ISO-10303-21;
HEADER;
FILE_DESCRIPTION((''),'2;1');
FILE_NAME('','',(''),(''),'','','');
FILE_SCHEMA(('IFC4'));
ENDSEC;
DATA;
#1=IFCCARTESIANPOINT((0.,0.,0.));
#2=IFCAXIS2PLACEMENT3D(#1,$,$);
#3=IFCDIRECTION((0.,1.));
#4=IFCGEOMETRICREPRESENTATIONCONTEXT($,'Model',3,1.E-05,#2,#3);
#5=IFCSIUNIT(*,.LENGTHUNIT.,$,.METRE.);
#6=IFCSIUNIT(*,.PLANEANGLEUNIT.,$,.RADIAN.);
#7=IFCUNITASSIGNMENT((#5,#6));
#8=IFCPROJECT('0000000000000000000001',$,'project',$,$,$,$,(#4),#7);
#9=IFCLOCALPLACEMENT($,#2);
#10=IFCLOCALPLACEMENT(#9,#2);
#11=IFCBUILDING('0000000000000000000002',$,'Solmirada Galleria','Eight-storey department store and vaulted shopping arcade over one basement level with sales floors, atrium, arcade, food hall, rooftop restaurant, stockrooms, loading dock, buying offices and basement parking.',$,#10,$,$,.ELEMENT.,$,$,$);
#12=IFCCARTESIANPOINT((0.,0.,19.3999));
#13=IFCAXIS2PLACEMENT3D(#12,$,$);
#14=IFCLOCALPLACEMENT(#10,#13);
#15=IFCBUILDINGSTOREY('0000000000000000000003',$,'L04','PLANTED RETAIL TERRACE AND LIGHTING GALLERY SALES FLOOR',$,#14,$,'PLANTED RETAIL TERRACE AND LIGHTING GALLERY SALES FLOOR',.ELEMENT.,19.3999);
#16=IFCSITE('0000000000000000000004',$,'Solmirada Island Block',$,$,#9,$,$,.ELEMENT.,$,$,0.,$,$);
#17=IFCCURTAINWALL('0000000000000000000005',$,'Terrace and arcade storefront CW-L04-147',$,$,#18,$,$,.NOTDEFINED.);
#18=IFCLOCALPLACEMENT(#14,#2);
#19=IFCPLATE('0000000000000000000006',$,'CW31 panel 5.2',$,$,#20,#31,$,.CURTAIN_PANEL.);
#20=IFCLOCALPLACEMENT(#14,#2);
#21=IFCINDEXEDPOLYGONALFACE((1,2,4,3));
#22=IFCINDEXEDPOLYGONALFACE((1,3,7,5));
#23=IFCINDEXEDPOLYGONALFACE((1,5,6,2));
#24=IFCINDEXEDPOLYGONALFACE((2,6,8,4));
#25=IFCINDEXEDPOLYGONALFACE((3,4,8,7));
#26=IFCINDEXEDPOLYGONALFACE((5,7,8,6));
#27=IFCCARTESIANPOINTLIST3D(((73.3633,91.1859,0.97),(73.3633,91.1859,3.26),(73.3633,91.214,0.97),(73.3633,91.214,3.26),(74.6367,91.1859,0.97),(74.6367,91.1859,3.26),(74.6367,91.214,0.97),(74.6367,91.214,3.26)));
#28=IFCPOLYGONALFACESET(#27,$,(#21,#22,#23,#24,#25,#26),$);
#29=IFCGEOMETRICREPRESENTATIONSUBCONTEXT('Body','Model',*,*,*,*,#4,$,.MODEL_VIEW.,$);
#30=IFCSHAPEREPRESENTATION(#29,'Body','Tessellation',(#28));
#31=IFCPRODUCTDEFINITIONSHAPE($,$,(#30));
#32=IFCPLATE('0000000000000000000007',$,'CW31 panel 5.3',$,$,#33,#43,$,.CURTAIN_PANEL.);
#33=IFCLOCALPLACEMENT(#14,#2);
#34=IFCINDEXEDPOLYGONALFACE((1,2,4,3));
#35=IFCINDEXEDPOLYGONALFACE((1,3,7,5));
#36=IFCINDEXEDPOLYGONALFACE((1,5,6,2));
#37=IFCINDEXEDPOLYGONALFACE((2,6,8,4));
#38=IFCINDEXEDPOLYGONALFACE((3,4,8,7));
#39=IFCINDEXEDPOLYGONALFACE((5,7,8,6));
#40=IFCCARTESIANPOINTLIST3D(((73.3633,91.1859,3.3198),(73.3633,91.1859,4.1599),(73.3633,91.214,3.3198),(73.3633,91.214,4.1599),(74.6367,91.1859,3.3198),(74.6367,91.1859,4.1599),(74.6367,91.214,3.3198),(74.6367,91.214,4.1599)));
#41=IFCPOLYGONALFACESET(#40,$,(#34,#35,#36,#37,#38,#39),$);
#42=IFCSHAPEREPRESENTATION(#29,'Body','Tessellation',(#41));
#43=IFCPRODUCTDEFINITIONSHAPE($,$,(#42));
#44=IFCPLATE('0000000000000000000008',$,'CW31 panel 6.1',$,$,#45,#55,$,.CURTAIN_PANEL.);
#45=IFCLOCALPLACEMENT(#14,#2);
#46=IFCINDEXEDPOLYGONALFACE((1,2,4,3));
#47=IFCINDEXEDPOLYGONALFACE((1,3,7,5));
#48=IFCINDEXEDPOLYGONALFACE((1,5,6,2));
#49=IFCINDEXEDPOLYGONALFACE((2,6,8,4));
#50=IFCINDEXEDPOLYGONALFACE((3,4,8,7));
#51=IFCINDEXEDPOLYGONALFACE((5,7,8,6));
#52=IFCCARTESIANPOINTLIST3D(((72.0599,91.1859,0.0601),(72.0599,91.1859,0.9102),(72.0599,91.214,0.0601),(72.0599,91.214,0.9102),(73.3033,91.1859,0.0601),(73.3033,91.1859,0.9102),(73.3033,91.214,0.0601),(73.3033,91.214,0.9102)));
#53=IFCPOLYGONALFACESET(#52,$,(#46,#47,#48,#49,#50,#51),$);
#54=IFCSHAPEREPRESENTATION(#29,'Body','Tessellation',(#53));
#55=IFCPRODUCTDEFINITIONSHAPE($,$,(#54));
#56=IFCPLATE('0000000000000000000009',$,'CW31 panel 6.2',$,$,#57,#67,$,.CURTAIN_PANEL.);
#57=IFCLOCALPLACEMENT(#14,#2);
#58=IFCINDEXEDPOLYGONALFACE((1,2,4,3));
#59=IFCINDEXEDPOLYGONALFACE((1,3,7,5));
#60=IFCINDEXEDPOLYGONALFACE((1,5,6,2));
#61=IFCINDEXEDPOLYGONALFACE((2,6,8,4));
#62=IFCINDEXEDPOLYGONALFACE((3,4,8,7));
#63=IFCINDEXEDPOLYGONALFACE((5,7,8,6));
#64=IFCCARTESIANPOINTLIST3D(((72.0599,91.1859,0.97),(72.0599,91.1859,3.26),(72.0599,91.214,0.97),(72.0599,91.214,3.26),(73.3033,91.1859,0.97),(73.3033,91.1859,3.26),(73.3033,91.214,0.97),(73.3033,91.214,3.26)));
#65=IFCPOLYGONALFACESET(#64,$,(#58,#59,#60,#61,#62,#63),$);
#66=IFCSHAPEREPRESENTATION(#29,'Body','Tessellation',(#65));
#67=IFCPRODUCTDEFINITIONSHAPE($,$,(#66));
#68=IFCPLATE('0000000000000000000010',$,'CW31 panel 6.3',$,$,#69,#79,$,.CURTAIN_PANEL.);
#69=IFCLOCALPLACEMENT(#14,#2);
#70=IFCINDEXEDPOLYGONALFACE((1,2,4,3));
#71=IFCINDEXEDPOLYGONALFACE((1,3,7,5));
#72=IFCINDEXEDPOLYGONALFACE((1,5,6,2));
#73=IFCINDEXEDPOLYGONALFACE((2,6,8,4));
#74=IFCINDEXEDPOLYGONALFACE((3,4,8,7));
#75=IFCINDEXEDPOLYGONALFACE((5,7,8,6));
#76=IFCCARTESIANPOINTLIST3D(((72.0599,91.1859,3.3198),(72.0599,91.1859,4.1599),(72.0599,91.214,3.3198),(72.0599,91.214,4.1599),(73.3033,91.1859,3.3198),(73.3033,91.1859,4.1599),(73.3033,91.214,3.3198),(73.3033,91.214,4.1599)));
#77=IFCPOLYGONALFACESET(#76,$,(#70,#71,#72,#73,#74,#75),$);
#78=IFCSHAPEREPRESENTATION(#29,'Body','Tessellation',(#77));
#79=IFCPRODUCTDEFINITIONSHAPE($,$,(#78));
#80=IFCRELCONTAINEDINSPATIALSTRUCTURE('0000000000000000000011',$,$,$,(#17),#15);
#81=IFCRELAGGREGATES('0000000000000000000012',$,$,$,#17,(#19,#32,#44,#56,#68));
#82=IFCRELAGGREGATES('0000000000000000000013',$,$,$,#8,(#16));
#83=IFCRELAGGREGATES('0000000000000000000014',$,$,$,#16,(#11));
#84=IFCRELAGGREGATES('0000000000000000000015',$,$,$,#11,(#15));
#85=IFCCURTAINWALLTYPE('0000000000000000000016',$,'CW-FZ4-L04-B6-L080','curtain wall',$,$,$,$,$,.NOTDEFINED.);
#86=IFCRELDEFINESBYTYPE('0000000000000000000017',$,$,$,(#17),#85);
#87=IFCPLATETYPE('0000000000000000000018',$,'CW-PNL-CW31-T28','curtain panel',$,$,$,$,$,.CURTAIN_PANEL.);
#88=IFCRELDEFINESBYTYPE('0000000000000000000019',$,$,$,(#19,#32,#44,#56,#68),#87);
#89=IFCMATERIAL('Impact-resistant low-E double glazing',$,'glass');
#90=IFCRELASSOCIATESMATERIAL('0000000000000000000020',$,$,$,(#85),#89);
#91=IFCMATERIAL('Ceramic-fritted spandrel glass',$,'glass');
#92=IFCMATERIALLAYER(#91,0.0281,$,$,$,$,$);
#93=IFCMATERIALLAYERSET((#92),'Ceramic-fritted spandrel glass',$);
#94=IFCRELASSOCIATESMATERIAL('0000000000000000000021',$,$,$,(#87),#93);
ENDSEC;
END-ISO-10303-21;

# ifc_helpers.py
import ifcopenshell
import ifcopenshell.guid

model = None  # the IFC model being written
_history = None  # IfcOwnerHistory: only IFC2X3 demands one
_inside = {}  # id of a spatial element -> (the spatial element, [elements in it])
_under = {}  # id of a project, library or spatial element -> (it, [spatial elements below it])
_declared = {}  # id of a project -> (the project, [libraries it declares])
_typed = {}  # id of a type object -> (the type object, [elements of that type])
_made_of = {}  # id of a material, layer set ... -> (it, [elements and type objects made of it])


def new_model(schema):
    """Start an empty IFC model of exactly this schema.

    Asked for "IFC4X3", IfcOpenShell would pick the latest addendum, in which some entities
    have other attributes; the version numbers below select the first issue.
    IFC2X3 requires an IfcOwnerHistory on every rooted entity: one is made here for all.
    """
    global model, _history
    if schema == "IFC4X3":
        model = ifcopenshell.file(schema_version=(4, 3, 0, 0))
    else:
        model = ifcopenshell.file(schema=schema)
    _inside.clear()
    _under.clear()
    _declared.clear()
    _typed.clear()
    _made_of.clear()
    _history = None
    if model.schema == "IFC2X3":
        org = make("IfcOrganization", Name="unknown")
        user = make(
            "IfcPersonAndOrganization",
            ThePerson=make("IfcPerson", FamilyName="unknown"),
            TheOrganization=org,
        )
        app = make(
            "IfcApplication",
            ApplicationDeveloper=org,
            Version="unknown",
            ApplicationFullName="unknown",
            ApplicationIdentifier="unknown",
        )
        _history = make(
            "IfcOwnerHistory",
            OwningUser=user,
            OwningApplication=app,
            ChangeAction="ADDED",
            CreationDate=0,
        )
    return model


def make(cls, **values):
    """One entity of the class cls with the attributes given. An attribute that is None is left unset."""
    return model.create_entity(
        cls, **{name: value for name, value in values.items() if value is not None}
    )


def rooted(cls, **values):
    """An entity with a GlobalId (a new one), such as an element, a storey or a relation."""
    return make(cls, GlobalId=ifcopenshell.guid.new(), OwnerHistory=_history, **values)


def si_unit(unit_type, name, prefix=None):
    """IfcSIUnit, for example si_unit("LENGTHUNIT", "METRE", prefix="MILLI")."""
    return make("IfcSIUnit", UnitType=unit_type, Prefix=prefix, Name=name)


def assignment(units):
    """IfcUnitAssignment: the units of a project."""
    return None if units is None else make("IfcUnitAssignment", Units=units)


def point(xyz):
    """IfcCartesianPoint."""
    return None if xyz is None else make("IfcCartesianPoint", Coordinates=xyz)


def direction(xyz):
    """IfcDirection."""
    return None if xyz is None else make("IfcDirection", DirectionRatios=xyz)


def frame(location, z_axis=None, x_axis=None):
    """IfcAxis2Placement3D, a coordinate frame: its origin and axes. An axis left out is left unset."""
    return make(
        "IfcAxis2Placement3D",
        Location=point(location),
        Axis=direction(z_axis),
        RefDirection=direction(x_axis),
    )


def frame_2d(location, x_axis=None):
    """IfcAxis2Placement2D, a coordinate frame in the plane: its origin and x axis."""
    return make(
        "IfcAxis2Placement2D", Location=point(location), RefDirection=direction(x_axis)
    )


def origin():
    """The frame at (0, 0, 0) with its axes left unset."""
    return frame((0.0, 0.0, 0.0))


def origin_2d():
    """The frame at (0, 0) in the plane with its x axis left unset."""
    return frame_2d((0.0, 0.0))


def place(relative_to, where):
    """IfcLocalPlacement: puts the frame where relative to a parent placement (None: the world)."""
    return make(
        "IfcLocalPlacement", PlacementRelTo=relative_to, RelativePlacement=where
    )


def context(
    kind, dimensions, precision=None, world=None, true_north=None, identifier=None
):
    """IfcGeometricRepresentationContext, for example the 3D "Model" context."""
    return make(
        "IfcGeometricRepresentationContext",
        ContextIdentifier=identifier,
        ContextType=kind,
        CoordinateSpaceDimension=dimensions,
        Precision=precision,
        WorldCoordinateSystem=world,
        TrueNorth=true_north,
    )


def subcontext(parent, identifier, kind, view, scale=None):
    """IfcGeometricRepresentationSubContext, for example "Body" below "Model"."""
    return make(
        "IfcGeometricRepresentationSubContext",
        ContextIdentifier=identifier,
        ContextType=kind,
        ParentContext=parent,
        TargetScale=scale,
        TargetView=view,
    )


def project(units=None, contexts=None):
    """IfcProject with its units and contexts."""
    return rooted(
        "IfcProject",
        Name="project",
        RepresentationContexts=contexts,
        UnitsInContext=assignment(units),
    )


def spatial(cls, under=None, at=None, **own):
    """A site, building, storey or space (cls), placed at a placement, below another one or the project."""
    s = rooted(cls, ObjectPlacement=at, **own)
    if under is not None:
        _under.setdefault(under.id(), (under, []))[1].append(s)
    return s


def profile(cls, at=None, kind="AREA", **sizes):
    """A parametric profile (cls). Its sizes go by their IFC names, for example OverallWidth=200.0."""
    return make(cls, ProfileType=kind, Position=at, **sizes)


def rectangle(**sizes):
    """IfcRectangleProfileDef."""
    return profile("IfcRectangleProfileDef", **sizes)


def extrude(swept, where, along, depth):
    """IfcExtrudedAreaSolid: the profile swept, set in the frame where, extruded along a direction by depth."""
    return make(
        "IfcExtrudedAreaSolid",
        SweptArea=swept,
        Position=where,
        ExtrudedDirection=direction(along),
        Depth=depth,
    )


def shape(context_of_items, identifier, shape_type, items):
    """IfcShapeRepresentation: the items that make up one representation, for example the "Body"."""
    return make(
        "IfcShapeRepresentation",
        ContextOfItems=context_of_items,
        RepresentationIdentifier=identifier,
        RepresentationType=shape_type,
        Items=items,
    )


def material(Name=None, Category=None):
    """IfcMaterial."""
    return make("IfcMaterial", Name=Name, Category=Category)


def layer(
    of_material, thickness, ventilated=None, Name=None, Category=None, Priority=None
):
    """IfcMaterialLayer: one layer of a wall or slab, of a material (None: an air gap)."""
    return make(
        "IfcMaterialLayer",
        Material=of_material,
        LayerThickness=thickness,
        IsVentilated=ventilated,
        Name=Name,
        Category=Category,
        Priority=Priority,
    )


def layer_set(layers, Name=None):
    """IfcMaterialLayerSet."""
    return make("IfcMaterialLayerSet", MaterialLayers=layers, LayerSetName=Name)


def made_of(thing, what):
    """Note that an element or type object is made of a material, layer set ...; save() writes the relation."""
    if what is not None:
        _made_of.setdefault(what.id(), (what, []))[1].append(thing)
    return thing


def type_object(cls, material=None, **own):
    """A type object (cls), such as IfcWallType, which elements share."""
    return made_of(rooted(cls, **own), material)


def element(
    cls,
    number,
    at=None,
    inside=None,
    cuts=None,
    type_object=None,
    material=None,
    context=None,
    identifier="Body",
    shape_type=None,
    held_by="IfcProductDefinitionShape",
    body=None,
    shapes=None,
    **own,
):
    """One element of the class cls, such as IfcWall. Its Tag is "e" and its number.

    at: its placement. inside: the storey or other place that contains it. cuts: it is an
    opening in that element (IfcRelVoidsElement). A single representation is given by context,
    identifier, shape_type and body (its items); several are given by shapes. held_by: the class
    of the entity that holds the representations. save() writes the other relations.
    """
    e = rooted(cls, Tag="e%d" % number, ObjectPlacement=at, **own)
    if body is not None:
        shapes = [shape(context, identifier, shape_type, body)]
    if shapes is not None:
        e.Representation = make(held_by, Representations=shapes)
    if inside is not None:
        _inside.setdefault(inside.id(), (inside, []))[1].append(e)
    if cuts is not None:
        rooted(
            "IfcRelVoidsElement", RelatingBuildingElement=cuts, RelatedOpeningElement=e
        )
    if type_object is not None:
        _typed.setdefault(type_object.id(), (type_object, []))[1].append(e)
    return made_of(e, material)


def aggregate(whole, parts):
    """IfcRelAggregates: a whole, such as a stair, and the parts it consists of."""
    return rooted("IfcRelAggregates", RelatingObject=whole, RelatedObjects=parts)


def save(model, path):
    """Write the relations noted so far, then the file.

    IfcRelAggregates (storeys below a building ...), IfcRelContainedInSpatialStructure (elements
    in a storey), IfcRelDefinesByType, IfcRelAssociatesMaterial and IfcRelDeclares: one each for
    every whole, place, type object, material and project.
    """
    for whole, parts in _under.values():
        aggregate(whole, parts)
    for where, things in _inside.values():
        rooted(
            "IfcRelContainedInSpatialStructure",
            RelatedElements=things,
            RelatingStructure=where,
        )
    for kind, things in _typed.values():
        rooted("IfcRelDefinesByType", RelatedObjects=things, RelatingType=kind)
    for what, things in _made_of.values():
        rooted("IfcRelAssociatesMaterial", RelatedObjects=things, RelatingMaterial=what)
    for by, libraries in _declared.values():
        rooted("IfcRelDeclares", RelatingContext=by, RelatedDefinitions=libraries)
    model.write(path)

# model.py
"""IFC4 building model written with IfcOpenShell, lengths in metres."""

from ifc_helpers import new_model, si_unit, direction, frame, origin, origin_2d, place, context, subcontext, project, spatial, rectangle, extrude, material, layer, layer_set, type_object, element, aggregate, save


model = new_model("IFC4")

# Units and contexts
model_context = context("Model", 3, precision=1e-05, world=origin(), true_north=direction((0.0, 1.0)))
body_context = subcontext(model_context, "Body", "Model", "MODEL_VIEW")
ifc_project = project(units=[si_unit("LENGTHUNIT", "METRE"), si_unit("PLANEANGLEUNIT", "RADIAN")], contexts=[model_context])

# Site, building, storey
site_placement = place(None, origin())
site = spatial("IfcSite", under=ifc_project, at=site_placement, Name="Solmirada Island Block", CompositionType="ELEMENT", RefElevation=0.0)
building_placement = place(site_placement, origin())
building = spatial("IfcBuilding", under=site, at=building_placement, Name="Solmirada Galleria", Description="Eight-storey department store and vaulted shopping arcade over one basement level with sales floors, atrium, arcade, food hall, rooftop restaurant, stockrooms, loading dock, buying offices and basement parking.", CompositionType="ELEMENT")
storey_placement = place(building_placement, frame((0.0, 0.0, 19.3999)))
storey = spatial("IfcBuildingStorey", under=building, at=storey_placement, Name="L04", Description="PLANTED RETAIL TERRACE AND LIGHTING GALLERY SALES FLOOR", LongName="PLANTED RETAIL TERRACE AND LIGHTING GALLERY SALES FLOOR", CompositionType="ELEMENT", Elevation=19.3999)

# Curtain wall
ifc_material_1 = material(Name="Impact-resistant low-E double glazing", Category="glass")
curtain_wall_type = type_object("IfcCurtainWallType", Name="CW-FZ4-L04-B6-L080", Description="curtain wall", PredefinedType="NOTDEFINED", material=ifc_material_1)
curtain_wall_1_placement = place(storey_placement, origin())
curtain_wall_1 = element("IfcCurtainWall", 1, at=curtain_wall_1_placement, inside=storey, type_object=curtain_wall_type, Name="Terrace and arcade storefront CW-L04-147", PredefinedType="NOTDEFINED")

# Plates
ifc_material_2 = material(Name="Ceramic-fritted spandrel glass", Category="glass")
ifc_layer = layer(ifc_material_2, 0.0281)
ifc_layer_set = layer_set([ifc_layer], Name="Ceramic-fritted spandrel glass")
plate_type = type_object("IfcPlateType", Name="CW-PNL-CW31-T28", Description="curtain panel", PredefinedType="CURTAIN_PANEL", material=ifc_layer_set)
plate_1_placement = place(storey_placement, frame((74.0, 91.2, 0.97), z_axis=(0.0, 0.0, 1.0), x_axis=(-1.0, 0.0, 0.0)))
plate_1 = element("IfcPlate", 2, at=plate_1_placement, type_object=plate_type, Name="CW31 panel 5.2", PredefinedType="CURTAIN_PANEL", context=body_context, shape_type="SweptSolid", body=[
    extrude(rectangle(XDim=1.2734, YDim=0.0281, at=origin_2d()), origin(), (0.0, 0.0, 1.0), 2.29),
])
plate_2_placement = place(storey_placement, frame((74.0, 91.2, 3.3198), z_axis=(0.0, 0.0, 1.0), x_axis=(-1.0, 0.0, 0.0)))
plate_2 = element("IfcPlate", 3, at=plate_2_placement, type_object=plate_type, Name="CW31 panel 5.3", PredefinedType="CURTAIN_PANEL", context=body_context, shape_type="SweptSolid", body=[
    extrude(rectangle(XDim=1.2734, YDim=0.0281, at=origin_2d()), origin(), (0.0, 0.0, 1.0), 0.8401),
])
plate_3_placement = place(storey_placement, frame((72.6816, 91.2, 0.0601), z_axis=(0.0, 0.0, 1.0), x_axis=(-1.0, 0.0, 0.0)))
plate_3 = element("IfcPlate", 4, at=plate_3_placement, type_object=plate_type, Name="CW31 panel 6.1", PredefinedType="CURTAIN_PANEL", context=body_context, shape_type="SweptSolid", body=[
    extrude(rectangle(XDim=1.2434, YDim=0.0281, at=origin_2d()), origin(), (0.0, 0.0, 1.0), 0.8501),
])
plate_4_placement = place(storey_placement, frame((72.6816, 91.2, 0.97), z_axis=(0.0, 0.0, 1.0), x_axis=(-1.0, 0.0, 0.0)))
plate_4 = element("IfcPlate", 5, at=plate_4_placement, type_object=plate_type, Name="CW31 panel 6.2", PredefinedType="CURTAIN_PANEL", context=body_context, shape_type="SweptSolid", body=[
    extrude(rectangle(XDim=1.2434, YDim=0.0281, at=origin_2d()), origin(), (0.0, 0.0, 1.0), 2.29),
])
plate_5_placement = place(storey_placement, frame((72.6816, 91.2, 3.3198), z_axis=(0.0, 0.0, 1.0), x_axis=(-1.0, 0.0, 0.0)))
plate_5 = element("IfcPlate", 6, at=plate_5_placement, type_object=plate_type, Name="CW31 panel 6.3", PredefinedType="CURTAIN_PANEL", context=body_context, shape_type="SweptSolid", body=[
    extrude(rectangle(XDim=1.2434, YDim=0.0281, at=origin_2d()), origin(), (0.0, 0.0, 1.0), 0.8401),
])
aggregate(curtain_wall_1, [plate_1, plate_2, plate_3, plate_4, plate_5])

save(model, "model.ifc")
